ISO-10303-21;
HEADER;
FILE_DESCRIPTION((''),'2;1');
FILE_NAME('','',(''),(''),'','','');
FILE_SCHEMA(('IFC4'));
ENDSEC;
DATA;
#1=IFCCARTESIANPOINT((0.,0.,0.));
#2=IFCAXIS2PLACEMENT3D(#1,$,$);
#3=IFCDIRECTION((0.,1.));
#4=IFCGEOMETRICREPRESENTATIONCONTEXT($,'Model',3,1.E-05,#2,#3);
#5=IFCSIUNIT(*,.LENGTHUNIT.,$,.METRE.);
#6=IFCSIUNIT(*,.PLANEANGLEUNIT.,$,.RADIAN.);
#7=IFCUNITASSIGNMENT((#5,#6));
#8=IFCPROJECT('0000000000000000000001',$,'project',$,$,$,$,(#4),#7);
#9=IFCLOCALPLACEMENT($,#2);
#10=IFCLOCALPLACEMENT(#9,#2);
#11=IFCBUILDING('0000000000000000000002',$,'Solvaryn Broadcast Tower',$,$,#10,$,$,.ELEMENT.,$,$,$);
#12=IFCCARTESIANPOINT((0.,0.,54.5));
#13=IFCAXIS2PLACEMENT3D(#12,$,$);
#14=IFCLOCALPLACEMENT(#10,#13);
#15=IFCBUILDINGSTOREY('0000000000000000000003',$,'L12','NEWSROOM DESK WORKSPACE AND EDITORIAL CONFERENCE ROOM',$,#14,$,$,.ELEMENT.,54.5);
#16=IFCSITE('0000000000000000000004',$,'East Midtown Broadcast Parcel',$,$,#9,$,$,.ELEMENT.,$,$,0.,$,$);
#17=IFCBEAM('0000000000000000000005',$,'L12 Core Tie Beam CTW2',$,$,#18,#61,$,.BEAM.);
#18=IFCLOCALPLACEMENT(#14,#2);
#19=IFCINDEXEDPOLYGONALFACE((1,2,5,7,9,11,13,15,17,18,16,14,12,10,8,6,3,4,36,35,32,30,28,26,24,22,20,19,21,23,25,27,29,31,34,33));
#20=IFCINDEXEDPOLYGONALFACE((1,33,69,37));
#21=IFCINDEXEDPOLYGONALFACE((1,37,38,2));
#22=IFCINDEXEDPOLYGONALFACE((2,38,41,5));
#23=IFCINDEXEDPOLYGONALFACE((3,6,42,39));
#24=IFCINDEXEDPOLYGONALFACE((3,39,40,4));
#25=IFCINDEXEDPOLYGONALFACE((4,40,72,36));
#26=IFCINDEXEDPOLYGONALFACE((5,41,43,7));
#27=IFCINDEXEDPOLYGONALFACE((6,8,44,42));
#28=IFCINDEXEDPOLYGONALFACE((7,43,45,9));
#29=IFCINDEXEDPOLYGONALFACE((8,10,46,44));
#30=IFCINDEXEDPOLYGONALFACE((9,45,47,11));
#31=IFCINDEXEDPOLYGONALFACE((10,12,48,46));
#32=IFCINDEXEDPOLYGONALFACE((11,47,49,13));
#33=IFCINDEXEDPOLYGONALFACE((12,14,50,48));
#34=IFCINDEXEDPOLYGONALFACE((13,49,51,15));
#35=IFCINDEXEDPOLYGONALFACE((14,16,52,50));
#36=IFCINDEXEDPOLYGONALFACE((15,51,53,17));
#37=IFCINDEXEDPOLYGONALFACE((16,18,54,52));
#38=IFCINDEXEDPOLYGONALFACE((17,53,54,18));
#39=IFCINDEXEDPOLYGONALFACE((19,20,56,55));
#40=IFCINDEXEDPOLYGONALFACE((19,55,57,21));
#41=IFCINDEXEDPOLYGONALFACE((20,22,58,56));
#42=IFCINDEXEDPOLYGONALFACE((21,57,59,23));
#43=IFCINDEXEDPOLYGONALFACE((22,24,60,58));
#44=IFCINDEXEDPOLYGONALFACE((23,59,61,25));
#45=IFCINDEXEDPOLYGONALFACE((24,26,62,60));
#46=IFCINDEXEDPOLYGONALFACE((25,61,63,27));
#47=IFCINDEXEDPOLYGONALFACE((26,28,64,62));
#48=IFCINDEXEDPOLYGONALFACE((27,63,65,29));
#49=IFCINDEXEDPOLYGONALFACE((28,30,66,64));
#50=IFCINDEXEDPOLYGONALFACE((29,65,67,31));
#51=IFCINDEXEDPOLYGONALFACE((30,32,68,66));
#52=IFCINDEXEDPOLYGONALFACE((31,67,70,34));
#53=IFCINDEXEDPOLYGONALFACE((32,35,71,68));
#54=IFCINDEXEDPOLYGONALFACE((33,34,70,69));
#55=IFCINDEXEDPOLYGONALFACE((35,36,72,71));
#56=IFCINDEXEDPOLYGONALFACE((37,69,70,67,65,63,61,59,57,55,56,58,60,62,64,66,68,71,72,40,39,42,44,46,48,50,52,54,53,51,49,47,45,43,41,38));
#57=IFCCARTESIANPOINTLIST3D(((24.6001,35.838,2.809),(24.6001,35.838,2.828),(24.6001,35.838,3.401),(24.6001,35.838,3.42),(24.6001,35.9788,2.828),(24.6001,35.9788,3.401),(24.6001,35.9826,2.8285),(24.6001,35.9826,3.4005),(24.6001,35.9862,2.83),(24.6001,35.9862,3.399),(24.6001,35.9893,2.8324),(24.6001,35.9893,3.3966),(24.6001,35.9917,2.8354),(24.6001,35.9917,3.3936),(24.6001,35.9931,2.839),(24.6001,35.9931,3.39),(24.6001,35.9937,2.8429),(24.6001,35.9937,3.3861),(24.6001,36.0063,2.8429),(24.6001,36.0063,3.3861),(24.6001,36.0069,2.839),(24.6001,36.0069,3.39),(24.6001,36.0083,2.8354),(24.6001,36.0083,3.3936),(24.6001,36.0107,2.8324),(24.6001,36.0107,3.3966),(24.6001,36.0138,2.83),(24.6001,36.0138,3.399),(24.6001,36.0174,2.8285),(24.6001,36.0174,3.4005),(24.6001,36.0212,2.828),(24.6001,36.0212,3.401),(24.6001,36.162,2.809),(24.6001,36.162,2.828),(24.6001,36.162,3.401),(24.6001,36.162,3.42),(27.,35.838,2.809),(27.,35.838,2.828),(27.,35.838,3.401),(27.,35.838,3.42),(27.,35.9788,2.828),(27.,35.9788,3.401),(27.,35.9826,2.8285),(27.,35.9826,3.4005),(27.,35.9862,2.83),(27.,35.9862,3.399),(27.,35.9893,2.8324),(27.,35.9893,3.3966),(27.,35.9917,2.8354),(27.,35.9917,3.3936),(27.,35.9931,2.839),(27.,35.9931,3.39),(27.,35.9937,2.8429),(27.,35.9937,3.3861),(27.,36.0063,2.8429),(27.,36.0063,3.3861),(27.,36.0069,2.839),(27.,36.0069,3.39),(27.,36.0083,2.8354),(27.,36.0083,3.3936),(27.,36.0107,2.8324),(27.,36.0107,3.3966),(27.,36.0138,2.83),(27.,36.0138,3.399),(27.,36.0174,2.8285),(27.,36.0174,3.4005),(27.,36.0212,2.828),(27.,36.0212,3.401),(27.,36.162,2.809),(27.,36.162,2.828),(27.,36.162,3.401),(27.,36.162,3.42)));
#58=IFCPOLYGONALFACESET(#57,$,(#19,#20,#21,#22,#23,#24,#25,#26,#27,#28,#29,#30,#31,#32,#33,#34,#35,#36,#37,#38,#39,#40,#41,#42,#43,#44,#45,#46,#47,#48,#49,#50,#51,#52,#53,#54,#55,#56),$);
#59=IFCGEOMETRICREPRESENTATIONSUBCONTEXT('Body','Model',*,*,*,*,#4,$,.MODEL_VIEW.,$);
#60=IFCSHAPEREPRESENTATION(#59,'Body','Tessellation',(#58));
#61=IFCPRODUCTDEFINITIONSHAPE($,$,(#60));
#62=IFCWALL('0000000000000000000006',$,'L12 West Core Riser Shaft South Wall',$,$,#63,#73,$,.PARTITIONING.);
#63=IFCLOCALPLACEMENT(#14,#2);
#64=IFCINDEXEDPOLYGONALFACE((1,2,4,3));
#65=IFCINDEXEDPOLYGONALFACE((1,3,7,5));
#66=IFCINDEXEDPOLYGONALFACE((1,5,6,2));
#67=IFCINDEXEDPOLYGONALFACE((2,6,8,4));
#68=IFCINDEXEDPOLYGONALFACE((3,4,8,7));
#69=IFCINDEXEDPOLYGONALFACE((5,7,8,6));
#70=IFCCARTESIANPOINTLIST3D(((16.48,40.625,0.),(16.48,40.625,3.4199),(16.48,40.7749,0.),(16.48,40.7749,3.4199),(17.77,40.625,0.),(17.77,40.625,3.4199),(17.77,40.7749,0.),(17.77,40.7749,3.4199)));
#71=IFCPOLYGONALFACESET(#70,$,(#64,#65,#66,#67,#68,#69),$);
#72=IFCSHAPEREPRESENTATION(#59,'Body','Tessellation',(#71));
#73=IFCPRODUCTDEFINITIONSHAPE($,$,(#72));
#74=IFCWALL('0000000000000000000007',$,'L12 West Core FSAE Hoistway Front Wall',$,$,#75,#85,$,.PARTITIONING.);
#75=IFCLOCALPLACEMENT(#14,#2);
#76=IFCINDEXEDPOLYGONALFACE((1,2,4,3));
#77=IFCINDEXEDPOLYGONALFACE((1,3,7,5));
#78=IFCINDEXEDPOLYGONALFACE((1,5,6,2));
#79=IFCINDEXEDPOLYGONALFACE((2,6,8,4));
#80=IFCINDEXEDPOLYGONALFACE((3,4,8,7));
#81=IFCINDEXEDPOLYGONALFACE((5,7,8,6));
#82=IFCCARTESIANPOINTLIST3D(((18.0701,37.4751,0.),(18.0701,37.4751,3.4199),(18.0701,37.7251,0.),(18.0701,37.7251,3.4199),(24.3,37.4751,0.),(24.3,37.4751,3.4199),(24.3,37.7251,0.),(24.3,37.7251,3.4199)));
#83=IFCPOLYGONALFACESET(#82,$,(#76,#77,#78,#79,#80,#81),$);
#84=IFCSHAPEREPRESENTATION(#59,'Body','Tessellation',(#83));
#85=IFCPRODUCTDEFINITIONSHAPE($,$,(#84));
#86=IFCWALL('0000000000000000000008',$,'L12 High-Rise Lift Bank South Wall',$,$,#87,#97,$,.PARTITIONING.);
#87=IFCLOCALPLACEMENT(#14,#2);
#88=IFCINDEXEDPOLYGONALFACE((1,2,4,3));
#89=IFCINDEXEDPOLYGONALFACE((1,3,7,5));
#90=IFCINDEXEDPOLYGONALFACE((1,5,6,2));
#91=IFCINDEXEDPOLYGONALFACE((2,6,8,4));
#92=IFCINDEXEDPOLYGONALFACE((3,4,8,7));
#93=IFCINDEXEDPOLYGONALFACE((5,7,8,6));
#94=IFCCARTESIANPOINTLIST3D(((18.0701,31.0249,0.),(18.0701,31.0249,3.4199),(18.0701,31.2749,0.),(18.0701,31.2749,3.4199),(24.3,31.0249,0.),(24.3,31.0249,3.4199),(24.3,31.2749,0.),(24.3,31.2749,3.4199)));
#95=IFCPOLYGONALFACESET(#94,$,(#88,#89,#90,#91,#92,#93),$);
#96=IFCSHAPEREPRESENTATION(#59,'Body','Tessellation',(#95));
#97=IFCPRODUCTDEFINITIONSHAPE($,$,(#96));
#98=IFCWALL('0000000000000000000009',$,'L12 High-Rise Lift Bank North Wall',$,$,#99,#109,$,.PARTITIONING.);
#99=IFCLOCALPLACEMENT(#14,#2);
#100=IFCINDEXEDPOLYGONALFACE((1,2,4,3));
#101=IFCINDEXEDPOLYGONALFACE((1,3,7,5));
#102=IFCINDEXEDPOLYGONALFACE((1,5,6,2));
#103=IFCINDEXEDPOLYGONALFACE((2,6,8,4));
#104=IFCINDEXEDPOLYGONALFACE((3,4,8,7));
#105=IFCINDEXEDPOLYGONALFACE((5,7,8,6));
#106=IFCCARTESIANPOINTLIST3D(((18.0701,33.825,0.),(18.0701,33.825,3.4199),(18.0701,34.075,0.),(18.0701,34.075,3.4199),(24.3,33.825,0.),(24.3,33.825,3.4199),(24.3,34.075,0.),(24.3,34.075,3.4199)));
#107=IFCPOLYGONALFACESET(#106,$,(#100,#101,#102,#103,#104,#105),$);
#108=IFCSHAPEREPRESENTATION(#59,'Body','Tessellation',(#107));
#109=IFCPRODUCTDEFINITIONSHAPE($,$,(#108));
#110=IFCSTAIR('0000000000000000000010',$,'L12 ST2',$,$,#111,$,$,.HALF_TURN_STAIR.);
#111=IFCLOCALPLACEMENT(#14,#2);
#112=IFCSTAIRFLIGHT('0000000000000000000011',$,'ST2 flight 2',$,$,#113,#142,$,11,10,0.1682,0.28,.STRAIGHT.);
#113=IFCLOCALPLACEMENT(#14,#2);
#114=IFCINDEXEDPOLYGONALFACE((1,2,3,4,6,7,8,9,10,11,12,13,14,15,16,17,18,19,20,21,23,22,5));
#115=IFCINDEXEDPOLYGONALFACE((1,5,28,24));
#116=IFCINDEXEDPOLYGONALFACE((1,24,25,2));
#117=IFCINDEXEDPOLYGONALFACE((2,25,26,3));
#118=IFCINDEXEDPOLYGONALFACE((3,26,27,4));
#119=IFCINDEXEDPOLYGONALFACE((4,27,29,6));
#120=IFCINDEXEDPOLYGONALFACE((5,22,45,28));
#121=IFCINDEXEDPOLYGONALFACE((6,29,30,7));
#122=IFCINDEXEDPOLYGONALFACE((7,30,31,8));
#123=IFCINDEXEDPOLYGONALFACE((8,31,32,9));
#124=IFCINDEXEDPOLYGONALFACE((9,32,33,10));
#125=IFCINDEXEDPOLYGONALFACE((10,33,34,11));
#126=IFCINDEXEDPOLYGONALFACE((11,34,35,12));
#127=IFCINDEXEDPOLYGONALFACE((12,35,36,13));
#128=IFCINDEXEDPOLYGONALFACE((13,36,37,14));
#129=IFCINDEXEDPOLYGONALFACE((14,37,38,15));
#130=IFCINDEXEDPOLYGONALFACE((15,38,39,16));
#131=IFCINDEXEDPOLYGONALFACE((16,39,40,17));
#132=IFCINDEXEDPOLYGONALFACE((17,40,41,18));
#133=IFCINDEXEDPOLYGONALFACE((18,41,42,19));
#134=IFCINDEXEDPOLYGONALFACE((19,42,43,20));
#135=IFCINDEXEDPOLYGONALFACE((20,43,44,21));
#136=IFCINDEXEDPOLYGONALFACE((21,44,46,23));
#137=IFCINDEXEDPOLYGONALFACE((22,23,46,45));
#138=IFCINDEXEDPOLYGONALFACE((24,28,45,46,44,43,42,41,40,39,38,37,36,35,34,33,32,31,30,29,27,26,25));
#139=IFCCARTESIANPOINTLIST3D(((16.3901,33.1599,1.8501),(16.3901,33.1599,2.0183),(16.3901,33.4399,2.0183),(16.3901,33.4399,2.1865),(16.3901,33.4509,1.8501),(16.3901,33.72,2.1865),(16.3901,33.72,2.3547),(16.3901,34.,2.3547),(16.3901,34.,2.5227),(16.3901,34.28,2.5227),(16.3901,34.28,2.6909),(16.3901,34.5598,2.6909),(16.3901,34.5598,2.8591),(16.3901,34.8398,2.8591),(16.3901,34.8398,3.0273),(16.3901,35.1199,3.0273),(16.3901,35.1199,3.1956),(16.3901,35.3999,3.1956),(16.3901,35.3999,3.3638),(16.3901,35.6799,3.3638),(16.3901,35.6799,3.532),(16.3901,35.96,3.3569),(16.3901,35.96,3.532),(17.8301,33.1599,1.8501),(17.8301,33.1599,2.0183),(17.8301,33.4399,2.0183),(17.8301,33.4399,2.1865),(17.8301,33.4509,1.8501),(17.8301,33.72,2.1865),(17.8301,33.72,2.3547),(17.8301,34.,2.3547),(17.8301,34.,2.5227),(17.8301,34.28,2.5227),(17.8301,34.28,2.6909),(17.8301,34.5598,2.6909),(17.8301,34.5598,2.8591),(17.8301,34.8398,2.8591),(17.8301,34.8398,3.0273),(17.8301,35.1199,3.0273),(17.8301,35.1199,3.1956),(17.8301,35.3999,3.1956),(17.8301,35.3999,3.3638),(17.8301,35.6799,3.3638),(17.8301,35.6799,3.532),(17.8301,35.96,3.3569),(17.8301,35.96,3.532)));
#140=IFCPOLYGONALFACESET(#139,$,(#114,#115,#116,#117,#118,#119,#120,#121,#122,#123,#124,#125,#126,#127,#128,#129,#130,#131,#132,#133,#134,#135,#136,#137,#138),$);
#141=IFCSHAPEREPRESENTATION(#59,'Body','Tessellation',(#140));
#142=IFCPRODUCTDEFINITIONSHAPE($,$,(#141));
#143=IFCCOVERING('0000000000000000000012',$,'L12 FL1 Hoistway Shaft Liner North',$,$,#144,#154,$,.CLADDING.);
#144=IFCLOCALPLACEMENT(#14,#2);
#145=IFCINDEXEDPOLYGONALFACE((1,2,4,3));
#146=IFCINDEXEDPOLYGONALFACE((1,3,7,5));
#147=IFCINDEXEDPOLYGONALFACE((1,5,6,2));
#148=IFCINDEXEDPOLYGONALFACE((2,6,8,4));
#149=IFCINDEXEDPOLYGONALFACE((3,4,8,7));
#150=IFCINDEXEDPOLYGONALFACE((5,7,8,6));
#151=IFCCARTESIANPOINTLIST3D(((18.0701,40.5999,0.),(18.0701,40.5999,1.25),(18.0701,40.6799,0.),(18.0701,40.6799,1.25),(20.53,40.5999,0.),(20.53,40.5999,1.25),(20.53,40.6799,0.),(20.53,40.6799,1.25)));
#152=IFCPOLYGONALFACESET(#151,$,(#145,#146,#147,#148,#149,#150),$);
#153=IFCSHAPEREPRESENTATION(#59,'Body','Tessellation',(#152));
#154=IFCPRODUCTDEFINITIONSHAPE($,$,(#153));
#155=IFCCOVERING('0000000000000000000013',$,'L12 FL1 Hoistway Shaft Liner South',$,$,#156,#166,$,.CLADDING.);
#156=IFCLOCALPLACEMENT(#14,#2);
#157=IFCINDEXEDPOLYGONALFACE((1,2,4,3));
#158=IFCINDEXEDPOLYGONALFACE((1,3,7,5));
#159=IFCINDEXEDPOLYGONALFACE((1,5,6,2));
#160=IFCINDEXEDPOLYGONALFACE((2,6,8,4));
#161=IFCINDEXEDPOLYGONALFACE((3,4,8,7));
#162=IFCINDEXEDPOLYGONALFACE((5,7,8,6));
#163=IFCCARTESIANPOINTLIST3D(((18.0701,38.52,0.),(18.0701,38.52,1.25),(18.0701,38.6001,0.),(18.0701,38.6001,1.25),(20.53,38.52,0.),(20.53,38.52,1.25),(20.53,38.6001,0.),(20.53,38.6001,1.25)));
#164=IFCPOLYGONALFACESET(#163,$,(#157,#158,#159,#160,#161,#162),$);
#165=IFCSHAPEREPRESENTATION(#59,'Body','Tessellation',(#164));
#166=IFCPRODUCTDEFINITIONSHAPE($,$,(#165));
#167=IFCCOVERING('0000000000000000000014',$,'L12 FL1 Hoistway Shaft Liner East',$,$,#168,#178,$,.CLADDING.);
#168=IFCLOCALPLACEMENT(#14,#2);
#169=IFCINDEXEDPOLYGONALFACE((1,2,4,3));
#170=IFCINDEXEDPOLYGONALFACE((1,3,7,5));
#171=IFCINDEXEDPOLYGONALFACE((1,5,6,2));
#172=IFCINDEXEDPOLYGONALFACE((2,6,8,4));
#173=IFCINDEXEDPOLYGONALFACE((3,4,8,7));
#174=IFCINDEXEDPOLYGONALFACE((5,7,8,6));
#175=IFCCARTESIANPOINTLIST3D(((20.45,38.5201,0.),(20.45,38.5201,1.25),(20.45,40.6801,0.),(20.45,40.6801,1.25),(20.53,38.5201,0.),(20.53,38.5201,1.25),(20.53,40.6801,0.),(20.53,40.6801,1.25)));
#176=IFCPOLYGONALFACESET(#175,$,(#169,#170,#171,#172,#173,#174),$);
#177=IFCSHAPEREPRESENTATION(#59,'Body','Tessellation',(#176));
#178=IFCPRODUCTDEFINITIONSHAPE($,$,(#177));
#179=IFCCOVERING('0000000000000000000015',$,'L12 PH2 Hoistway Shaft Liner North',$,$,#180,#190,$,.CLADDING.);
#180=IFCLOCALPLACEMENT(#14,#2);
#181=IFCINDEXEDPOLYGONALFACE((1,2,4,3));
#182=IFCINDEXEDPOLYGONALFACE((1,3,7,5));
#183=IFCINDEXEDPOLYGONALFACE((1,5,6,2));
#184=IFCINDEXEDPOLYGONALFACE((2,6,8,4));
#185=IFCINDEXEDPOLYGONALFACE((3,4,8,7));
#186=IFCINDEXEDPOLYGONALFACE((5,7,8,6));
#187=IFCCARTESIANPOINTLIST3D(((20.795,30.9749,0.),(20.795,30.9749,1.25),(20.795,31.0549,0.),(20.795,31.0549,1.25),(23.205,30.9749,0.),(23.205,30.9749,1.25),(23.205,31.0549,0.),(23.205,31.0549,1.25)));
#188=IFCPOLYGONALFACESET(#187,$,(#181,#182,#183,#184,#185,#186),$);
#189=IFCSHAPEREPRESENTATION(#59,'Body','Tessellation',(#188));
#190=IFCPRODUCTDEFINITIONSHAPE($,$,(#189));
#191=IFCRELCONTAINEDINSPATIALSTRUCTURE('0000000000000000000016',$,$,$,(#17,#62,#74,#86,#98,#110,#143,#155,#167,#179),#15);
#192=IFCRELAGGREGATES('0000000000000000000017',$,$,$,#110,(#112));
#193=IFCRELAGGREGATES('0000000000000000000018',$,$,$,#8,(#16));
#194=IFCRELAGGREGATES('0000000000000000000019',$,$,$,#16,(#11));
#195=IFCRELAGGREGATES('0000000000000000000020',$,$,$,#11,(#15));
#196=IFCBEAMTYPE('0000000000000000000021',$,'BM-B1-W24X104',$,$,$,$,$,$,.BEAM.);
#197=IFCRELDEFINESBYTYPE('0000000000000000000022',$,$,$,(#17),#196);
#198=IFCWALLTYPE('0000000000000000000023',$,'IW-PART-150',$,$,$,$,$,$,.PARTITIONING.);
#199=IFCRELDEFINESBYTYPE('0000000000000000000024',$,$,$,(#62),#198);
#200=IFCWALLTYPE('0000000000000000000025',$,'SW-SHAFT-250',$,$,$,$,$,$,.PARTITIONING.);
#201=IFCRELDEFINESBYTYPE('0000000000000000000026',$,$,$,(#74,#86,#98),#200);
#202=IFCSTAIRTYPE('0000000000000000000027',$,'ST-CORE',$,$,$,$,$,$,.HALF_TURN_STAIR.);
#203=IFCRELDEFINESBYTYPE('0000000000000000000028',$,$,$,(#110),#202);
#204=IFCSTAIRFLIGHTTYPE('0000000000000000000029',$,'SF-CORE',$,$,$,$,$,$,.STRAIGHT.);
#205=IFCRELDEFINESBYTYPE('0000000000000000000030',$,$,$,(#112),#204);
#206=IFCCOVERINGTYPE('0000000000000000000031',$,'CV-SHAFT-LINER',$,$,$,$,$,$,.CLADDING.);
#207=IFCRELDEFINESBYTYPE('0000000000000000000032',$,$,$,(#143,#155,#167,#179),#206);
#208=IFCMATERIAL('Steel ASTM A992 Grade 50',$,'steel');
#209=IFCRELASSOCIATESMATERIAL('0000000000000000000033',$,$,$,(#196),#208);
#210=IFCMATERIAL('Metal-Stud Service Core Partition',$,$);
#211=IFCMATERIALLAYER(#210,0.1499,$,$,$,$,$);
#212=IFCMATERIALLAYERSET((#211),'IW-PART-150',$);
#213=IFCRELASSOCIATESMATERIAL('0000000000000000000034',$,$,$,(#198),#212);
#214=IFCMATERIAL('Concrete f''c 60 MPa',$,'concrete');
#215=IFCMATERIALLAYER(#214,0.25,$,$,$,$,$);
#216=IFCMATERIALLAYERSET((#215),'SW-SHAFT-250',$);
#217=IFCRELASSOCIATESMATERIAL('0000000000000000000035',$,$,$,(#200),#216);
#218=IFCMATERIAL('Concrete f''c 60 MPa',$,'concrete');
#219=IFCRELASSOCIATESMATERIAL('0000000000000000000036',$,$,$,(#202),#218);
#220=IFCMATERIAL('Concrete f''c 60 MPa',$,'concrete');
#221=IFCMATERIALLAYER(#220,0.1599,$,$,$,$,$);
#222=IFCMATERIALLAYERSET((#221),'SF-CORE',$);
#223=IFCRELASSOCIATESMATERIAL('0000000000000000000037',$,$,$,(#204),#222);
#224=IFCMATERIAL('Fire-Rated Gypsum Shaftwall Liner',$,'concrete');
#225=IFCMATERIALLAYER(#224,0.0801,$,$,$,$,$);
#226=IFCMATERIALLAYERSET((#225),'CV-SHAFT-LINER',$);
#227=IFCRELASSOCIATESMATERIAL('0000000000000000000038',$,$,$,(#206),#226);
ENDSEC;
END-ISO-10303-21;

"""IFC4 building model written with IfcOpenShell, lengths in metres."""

from ifc_helpers import new_model, si_unit, direction, frame, frame_2d, origin, origin_2d, place, context, subcontext, project, spatial, polyline, rectangle, i_section, outline, extrude, material, layer, layer_set, material_profile, profile_set, type_object, element, aggregate, save


model = new_model("IFC4")

# Units and contexts
model_context = context("Model", 3, precision=1e-05, world=origin(), true_north=direction((0.0, 1.0)))
body_context = subcontext(model_context, "Body", "Model", "MODEL_VIEW")
ifc_project = project(units=[si_unit("LENGTHUNIT", "METRE"), si_unit("PLANEANGLEUNIT", "RADIAN")], contexts=[model_context])

# Site, building, storey
site_placement = place(None, origin())
site = spatial("IfcSite", under=ifc_project, at=site_placement, Name="East Midtown Broadcast Parcel", CompositionType="ELEMENT", RefElevation=0.0)
building_placement = place(site_placement, origin())
building = spatial("IfcBuilding", under=site, at=building_placement, Name="Solvaryn Broadcast Tower", CompositionType="ELEMENT")
storey_placement = place(building_placement, frame((0.0, 0.0, 54.5)))
storey = spatial("IfcBuildingStorey", under=building, at=storey_placement, Name="L12", Description="NEWSROOM DESK WORKSPACE AND EDITORIAL CONFERENCE ROOM", CompositionType="ELEMENT", Elevation=54.5)

# Beam
ifc_material_1 = material(Name="Steel ASTM A992 Grade 50", Category="steel")
ifc_material_profile = material_profile(ifc_material_1, i_section(OverallWidth=0.324, OverallDepth=0.6111, WebThickness=0.0127, FlangeThickness=0.019, FilletRadius=0.0149, at=origin_2d()))
ifc_profile_set = profile_set([ifc_material_profile], Name="Steel ASTM A992 Grade 50")
beam_type = type_object("IfcBeamType", Name="BM-B1-W24X104", PredefinedType="BEAM", material=ifc_profile_set)
beam_placement = place(storey_placement, frame((24.6001, 36.0, 3.1145), z_axis=(1.0, 0.0, 0.0), x_axis=(0.0, 1.0, 0.0)))
element("IfcBeam", 1, at=beam_placement, inside=storey, type_object=beam_type, Name="L12 Core Tie Beam CTW2", PredefinedType="BEAM", context=body_context, shape_type="SweptSolid", body=[
    extrude(i_section(OverallWidth=0.324, OverallDepth=0.6111, WebThickness=0.0127, FlangeThickness=0.019, FilletRadius=0.0149, at=origin_2d()), origin(), (0.0, 0.0, 1.0), 2.3999),
])

# Walls
ifc_material_2 = material(Name="Metal-Stud Service Core Partition")
ifc_layer_1 = layer(ifc_material_2, 0.1499)
ifc_layer_set_1 = layer_set([ifc_layer_1], Name="IW-PART-150")
wall_type_1 = type_object("IfcWallType", Name="IW-PART-150", PredefinedType="PARTITIONING", material=ifc_layer_set_1)
wall_1_placement = place(storey_placement, frame((16.48, 40.7, 0.0), z_axis=(0.0, 0.0, 1.0), x_axis=(1.0, 0.0, 0.0)))
element("IfcWall", 2, at=wall_1_placement, inside=storey, type_object=wall_type_1, Name="L12 West Core Riser Shaft South Wall", PredefinedType="PARTITIONING", context=body_context, shape_type="SweptSolid", body=[
    extrude(rectangle(XDim=1.29, YDim=0.1499, at=frame_2d((0.645, 0.0))), origin(), (0.0, 0.0, 1.0), 3.4199),
])
ifc_material_3 = material(Name="Concrete f'c 60 MPa", Category="concrete")
ifc_layer_2 = layer(ifc_material_3, 0.25)
ifc_layer_set_2 = layer_set([ifc_layer_2], Name="SW-SHAFT-250")
wall_type_2 = type_object("IfcWallType", Name="SW-SHAFT-250", PredefinedType="PARTITIONING", material=ifc_layer_set_2)
for number, where, z_axis, x_axis, name in (
    (3, (18.0701, 37.6001, 0.0), (0.0, 0.0, 1.0), (1.0, 0.0, 0.0), "L12 West Core FSAE Hoistway Front Wall"),
    (4, (18.0701, 31.1499, 0.0), (0.0, 0.0, 1.0), (1.0, 0.0, 0.0), "L12 High-Rise Lift Bank South Wall"),
    (5, (24.3, 33.95, 0.0), (0.0, 0.0, 1.0), (-1.0, 0.0, 0.0), "L12 High-Rise Lift Bank North Wall"),
):
    element("IfcWall", number, at=place(storey_placement, frame(where, z_axis=z_axis, x_axis=x_axis)), inside=storey, type_object=wall_type_2, Name=name, PredefinedType="PARTITIONING", context=body_context, shape_type="SweptSolid", body=[
        extrude(rectangle(XDim=6.23, YDim=0.25, at=frame_2d((3.115, 0.0))), origin(), (0.0, 0.0, 1.0), 3.4199),
    ])

# Stair, stair flight
ifc_material_4 = material(Name="Concrete f'c 60 MPa", Category="concrete")
stair_type = type_object("IfcStairType", Name="ST-CORE", PredefinedType="HALF_TURN_STAIR", material=ifc_material_4)
stair_placement = place(storey_placement, origin())
stair = element("IfcStair", 6, at=stair_placement, inside=storey, type_object=stair_type, Name="L12 ST2", PredefinedType="HALF_TURN_STAIR")
ifc_material_5 = material(Name="Concrete f'c 60 MPa", Category="concrete")
ifc_layer_3 = layer(ifc_material_5, 0.1599)
ifc_layer_set_3 = layer_set([ifc_layer_3], Name="SF-CORE")
stair_flight_type = type_object("IfcStairFlightType", Name="SF-CORE", PredefinedType="STRAIGHT", material=ifc_layer_set_3)
stair_flight_placement = place(storey_placement, frame((17.1101, 33.1599, 1.8501), z_axis=(0.0, 0.0, 1.0), x_axis=(0.0, 1.0, 0.0)))
stair_flight = element("IfcStairFlight", 7, at=stair_flight_placement, type_object=stair_flight_type, Name="ST2 flight 2", NumberOfRisers=11, NumberOfTreads=10, PredefinedType="STRAIGHT", RiserHeight=0.1682, TreadLength=0.28, context=body_context, shape_type="SweptSolid", body=[
    extrude(outline(polyline([(0.0, 0.0), (0.0, 0.1682), (0.28, 0.1682), (0.28, 0.3364), (0.5601, 0.3364), (0.5601, 0.5046), (0.8401, 0.5046), (0.8401, 0.6726), (1.1201, 0.6726), (1.1201, 0.8408), (1.3999, 0.8408), (1.3999, 1.009), (1.6799, 1.009), (1.6799, 1.1772), (1.96, 1.1772), (1.96, 1.3455), (2.24, 1.3455), (2.24, 1.5137), (2.52, 1.5137), (2.52, 1.6819), (2.8, 1.6819), (2.8, 1.8501), (2.8, 1.5068), (0.291, 0.0), (0.0, 0.0)])), frame((0.0, 0.72, 0.0), z_axis=(0.0, -1.0, 0.0), x_axis=(1.0, 0.0, 0.0)), (0.0, 0.0, 1.0), 1.4399),
])
aggregate(stair, [stair_flight])

# Coverings
ifc_material_6 = material(Name="Fire-Rated Gypsum Shaftwall Liner", Category="concrete")
ifc_layer_4 = layer(ifc_material_6, 0.0801)
ifc_layer_set_4 = layer_set([ifc_layer_4], Name="CV-SHAFT-LINER")
covering_type = type_object("IfcCoveringType", Name="CV-SHAFT-LINER", PredefinedType="CLADDING", material=ifc_layer_set_4)
for number, where, z_axis, x_axis, name in (
    (8, (19.3, 40.6399, 0.0), (0.0, 0.0, 1.0), (1.0, 0.0, 0.0), "L12 FL1 Hoistway Shaft Liner North"),
    (9, (19.3, 38.5601, 0.0), (0.0, 0.0, 1.0), (1.0, 0.0, 0.0), "L12 FL1 Hoistway Shaft Liner South"),
):
    element("IfcCovering", number, at=place(storey_placement, frame(where, z_axis=z_axis, x_axis=x_axis)), inside=storey, type_object=covering_type, Name=name, PredefinedType="CLADDING", context=body_context, shape_type="SweptSolid", body=[
        extrude(rectangle(XDim=2.46, YDim=0.0801, at=origin_2d()), origin(), (0.0, 0.0, 1.0), 1.25),
    ])
covering_placement = place(storey_placement, frame((20.49, 39.6001, 0.0), z_axis=(0.0, 0.0, 1.0), x_axis=(1.0, 0.0, 0.0)))
element("IfcCovering", 10, at=covering_placement, inside=storey, type_object=covering_type, Name="L12 FL1 Hoistway Shaft Liner East", PredefinedType="CLADDING", context=body_context, shape_type="SweptSolid", body=[
    extrude(rectangle(XDim=0.0801, YDim=2.1599, at=origin_2d()), origin(), (0.0, 0.0, 1.0), 1.25),
])
for number, where, z_axis, x_axis, name in (
    (11, (22.0, 31.0149, 0.0), (0.0, 0.0, 1.0), (1.0, 0.0, 0.0), "L12 PH2 Hoistway Shaft Liner North"),
):
    element("IfcCovering", number, at=place(storey_placement, frame(where, z_axis=z_axis, x_axis=x_axis)), inside=storey, type_object=covering_type, Name=name, PredefinedType="CLADDING", context=body_context, shape_type="SweptSolid", body=[
        extrude(rectangle(XDim=2.4099, YDim=0.0801, at=origin_2d()), origin(), (0.0, 0.0, 1.0), 1.25),
    ])

save(model, "model.ifc")
